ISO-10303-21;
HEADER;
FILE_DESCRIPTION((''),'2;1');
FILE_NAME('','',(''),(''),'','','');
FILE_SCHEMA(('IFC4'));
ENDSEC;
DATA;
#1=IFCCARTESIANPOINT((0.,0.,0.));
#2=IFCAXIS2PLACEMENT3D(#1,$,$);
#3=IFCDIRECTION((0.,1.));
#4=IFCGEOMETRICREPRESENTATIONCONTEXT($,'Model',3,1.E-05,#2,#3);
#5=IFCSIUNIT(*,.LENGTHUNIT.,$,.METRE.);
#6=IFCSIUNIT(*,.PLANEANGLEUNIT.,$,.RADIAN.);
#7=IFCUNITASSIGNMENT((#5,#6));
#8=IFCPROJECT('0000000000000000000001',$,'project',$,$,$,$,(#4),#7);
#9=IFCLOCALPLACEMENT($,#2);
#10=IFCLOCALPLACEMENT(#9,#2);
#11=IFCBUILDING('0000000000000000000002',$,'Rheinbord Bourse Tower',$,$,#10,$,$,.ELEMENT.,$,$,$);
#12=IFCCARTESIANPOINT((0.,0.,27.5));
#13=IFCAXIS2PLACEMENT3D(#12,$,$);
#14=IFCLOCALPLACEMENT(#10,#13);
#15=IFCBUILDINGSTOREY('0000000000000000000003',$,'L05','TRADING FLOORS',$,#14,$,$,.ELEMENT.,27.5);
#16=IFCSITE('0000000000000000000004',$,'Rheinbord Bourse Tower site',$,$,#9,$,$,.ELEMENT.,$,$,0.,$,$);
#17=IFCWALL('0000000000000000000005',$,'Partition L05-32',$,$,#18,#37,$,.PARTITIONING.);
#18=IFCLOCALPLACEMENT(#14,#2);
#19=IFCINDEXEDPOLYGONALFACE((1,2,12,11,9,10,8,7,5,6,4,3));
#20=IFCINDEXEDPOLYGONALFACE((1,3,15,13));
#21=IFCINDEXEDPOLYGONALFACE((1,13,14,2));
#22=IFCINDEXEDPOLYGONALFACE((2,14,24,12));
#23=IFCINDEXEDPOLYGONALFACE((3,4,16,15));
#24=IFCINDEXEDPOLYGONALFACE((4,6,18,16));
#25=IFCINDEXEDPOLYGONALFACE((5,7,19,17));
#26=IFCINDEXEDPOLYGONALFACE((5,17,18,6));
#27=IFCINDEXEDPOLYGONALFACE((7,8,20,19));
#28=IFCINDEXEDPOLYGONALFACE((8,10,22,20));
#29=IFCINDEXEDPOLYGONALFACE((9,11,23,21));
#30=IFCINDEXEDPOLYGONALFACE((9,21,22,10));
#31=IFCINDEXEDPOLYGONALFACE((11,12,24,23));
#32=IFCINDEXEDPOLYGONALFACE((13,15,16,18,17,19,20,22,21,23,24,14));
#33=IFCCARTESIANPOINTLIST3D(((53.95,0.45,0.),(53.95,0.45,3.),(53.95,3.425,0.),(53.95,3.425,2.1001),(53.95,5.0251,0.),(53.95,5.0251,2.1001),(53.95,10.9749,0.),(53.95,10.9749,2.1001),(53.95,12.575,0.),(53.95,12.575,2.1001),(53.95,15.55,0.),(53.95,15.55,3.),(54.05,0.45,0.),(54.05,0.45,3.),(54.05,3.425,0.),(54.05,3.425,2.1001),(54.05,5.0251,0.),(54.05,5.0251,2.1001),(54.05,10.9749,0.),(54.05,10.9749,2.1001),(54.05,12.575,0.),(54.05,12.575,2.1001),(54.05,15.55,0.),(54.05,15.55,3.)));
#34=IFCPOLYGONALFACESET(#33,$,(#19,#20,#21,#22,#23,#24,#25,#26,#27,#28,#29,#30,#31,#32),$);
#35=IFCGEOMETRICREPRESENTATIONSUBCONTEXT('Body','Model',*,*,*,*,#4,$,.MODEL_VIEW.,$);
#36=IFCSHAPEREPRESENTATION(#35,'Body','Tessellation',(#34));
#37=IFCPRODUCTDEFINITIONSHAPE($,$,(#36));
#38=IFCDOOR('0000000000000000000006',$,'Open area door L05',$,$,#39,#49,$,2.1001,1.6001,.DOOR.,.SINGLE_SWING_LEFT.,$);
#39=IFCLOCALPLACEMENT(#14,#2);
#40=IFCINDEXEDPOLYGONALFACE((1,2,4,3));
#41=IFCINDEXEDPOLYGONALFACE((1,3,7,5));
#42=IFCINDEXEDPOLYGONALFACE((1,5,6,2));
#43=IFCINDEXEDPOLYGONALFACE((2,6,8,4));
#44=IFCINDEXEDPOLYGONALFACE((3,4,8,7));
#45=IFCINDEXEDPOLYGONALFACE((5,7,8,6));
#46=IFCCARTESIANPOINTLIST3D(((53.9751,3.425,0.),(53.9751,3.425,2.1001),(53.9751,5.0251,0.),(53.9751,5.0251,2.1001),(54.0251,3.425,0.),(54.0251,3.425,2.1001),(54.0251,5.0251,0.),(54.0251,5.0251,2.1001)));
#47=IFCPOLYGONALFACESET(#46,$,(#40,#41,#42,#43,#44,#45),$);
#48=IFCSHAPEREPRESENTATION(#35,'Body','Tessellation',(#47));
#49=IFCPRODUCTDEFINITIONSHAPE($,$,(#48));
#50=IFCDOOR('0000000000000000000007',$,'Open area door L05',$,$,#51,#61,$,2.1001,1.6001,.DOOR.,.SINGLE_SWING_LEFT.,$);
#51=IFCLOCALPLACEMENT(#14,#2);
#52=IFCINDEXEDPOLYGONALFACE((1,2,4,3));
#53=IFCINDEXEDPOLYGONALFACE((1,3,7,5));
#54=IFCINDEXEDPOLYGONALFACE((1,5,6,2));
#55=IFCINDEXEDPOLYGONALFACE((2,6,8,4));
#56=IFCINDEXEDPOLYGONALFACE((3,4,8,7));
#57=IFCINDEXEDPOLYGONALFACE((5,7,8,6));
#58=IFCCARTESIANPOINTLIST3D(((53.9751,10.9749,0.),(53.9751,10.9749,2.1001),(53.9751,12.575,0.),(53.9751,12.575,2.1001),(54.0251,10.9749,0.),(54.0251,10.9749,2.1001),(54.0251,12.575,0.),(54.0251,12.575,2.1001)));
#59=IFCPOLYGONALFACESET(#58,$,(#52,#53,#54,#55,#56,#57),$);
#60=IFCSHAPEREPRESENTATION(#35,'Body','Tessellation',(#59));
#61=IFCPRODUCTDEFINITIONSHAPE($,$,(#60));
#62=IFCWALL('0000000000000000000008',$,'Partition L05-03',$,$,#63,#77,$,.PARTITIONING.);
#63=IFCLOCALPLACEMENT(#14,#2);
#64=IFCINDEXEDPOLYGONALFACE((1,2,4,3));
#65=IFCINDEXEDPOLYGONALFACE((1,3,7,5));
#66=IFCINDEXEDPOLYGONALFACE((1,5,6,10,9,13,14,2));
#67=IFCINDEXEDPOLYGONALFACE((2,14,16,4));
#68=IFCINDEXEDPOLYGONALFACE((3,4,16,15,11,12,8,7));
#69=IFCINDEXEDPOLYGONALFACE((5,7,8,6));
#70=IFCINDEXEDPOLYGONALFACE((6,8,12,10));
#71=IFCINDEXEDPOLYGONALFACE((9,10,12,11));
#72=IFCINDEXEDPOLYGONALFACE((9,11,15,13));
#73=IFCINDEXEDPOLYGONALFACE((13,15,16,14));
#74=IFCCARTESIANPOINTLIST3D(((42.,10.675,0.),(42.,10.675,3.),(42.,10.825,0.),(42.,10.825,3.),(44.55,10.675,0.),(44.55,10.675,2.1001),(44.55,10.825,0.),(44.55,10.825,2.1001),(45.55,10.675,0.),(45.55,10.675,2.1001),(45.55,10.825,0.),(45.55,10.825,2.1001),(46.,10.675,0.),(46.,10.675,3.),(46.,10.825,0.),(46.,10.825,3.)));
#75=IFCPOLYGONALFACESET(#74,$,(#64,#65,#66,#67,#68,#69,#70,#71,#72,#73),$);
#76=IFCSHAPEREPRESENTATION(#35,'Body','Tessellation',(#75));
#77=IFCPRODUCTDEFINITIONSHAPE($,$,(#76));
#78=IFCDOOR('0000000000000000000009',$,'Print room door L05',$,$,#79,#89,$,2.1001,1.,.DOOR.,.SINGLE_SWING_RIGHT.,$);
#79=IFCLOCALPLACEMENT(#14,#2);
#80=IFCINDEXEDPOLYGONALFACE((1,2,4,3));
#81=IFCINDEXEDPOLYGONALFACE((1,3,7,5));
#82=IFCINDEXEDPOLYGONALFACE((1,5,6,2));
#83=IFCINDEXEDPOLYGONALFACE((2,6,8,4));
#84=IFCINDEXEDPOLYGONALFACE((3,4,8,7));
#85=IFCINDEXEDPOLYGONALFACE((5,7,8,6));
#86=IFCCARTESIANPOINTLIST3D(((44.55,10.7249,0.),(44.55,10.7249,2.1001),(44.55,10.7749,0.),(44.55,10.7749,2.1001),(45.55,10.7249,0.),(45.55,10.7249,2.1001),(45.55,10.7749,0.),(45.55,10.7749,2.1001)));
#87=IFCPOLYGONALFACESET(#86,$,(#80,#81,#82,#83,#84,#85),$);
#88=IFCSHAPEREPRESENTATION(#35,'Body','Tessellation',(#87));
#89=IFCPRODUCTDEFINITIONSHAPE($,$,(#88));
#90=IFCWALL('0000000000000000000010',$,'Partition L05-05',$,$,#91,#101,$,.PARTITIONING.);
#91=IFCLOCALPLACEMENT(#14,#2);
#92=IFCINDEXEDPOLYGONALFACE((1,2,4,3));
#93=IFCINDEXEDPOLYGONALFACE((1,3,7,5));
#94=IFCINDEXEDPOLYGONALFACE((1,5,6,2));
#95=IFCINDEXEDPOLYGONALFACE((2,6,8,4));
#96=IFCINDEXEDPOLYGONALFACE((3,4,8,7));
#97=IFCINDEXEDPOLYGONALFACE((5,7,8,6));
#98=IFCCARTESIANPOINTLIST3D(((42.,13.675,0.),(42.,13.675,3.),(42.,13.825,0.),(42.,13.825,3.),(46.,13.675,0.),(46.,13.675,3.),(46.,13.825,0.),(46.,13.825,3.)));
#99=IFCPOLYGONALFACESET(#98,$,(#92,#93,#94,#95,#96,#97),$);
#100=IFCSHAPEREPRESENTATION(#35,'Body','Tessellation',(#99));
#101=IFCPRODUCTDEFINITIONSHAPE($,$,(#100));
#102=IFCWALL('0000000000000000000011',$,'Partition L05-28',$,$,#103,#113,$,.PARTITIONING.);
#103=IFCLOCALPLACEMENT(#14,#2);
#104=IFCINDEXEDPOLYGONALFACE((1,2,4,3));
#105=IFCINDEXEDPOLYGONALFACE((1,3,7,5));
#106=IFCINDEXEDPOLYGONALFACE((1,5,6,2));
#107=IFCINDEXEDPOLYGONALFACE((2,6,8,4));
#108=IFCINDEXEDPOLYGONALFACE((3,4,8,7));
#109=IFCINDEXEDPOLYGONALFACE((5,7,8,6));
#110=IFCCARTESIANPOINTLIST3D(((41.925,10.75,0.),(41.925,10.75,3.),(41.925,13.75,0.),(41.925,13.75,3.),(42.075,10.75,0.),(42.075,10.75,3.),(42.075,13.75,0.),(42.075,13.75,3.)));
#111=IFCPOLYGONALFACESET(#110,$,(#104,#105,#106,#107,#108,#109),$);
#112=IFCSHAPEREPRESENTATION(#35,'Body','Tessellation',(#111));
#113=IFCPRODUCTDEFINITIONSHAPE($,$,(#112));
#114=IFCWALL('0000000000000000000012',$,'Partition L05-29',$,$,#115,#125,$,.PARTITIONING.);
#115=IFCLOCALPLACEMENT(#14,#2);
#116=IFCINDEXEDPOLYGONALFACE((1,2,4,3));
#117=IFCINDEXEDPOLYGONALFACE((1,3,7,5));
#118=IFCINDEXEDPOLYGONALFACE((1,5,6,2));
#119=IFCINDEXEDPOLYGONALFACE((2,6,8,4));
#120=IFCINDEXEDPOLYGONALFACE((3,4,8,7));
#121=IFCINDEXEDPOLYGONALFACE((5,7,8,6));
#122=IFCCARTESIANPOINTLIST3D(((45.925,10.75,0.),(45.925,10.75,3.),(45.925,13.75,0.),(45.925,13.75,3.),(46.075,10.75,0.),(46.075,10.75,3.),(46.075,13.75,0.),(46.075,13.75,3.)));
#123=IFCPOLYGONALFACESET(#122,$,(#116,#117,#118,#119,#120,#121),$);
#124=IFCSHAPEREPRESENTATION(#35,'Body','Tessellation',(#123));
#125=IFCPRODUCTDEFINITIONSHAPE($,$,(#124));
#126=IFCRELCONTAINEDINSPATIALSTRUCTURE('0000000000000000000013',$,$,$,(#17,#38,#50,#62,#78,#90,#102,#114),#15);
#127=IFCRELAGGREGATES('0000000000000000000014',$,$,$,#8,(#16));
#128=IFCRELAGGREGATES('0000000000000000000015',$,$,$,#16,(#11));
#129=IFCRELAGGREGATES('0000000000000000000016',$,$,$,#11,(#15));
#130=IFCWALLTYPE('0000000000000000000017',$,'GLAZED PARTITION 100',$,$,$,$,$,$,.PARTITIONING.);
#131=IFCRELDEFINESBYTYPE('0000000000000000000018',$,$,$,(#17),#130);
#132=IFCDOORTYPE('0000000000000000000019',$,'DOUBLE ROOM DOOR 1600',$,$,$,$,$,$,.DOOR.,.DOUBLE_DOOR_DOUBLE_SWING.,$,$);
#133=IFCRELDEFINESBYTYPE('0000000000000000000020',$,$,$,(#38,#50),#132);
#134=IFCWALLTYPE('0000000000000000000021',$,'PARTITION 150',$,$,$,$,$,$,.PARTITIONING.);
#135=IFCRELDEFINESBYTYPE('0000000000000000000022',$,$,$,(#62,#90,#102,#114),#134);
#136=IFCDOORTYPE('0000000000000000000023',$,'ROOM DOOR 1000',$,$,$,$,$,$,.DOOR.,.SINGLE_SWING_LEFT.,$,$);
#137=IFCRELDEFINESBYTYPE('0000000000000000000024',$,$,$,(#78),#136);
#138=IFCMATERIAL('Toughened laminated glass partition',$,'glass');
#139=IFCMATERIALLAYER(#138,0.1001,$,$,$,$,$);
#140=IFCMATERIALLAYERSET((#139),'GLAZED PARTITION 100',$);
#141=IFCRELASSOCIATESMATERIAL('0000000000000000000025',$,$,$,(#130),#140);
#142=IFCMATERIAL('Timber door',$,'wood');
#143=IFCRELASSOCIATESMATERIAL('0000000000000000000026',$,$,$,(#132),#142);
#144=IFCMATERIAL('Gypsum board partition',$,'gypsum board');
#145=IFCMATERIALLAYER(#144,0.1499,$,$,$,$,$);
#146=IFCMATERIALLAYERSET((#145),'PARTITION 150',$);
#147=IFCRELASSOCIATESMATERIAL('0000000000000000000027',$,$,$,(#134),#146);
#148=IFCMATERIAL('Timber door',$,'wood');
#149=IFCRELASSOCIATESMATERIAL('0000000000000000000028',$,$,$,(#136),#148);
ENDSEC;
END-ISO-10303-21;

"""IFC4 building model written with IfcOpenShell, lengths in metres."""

from ifc_helpers import new_model, si_unit, direction, frame, frame_2d, origin, place, context, subcontext, project, spatial, rectangle, extrude, material, layer, layer_set, type_object, element, fill, save


model = new_model("IFC4")

# Units and contexts
model_context = context("Model", 3, precision=1e-05, world=origin(), true_north=direction((0.0, 1.0)))
body_context = subcontext(model_context, "Body", "Model", "MODEL_VIEW")
ifc_project = project(units=[si_unit("LENGTHUNIT", "METRE"), si_unit("PLANEANGLEUNIT", "RADIAN")], contexts=[model_context])

# Site, building, storey
site_placement = place(None, origin())
site = spatial("IfcSite", under=ifc_project, at=site_placement, Name="Rheinbord Bourse Tower site", CompositionType="ELEMENT", RefElevation=0.0)
building_placement = place(site_placement, origin())
building = spatial("IfcBuilding", under=site, at=building_placement, Name="Rheinbord Bourse Tower", CompositionType="ELEMENT")
storey_placement = place(building_placement, frame((0.0, 0.0, 27.5)))
storey = spatial("IfcBuildingStorey", under=building, at=storey_placement, Name="L05", Description="TRADING FLOORS", CompositionType="ELEMENT", Elevation=27.5)

# Wall, openings, doors
ifc_material_1 = material(Name="Toughened laminated glass partition", Category="glass")
ifc_layer_1 = layer(ifc_material_1, 0.1001)
ifc_layer_set_1 = layer_set([ifc_layer_1], Name="GLAZED PARTITION 100")
wall_type_1 = type_object("IfcWallType", Name="GLAZED PARTITION 100", PredefinedType="PARTITIONING", material=ifc_layer_set_1)
wall_1_placement = place(storey_placement, frame((54.0, 0.45, 0.0), z_axis=(0.0, 0.0, 1.0), x_axis=(0.0, 1.0, 0.0)))
wall_1 = element("IfcWall", 1, at=wall_1_placement, inside=storey, type_object=wall_type_1, Name="Partition L05-32", PredefinedType="PARTITIONING", context=body_context, shape_type="SweptSolid", body=[
    extrude(rectangle(XDim=15.1001, YDim=0.1001, at=frame_2d((7.55, 0.0))), origin(), (0.0, 0.0, 1.0), 3.0),
])
opening_1_placement = place(wall_1_placement, frame((2.9751, 0.0, 0.0)))
opening_1 = element("IfcOpeningElement", 2, at=opening_1_placement, cuts=wall_1, PredefinedType="OPENING", context=body_context, shape_type="SweptSolid", body=[
    extrude(rectangle(XDim=1.6001, YDim=2.1001, at=frame_2d((0.8, 1.05))), frame((0.0, 0.0601, 0.0), z_axis=(0.0, -1.0, 0.0), x_axis=(1.0, 0.0, 0.0)), (0.0, 0.0, 1.0), 0.1201),
])
opening_2_placement = place(wall_1_placement, frame((10.5249, 0.0, 0.0)))
opening_2 = element("IfcOpeningElement", 3, at=opening_2_placement, cuts=wall_1, PredefinedType="OPENING", context=body_context, shape_type="SweptSolid", body=[
    extrude(rectangle(XDim=1.6001, YDim=2.1001, at=frame_2d((0.8, 1.05))), frame((0.0, 0.0601, 0.0), z_axis=(0.0, -1.0, 0.0), x_axis=(1.0, 0.0, 0.0)), (0.0, 0.0, 1.0), 0.1201),
])
ifc_material_2 = material(Name="Timber door", Category="wood")
door_type_1 = type_object("IfcDoorType", Name="DOUBLE ROOM DOOR 1600", OperationType="DOUBLE_DOOR_DOUBLE_SWING", PredefinedType="DOOR", material=ifc_material_2)
door_1_placement = place(opening_1_placement, origin())
door_1 = element("IfcDoor", 4, at=door_1_placement, inside=storey, type_object=door_type_1, Name="Open area door L05", OperationType="SINGLE_SWING_LEFT", OverallHeight=2.1001, OverallWidth=1.6001, PredefinedType="DOOR", context=body_context, shape_type="SweptSolid", body=[
    extrude(rectangle(XDim=1.6001, YDim=2.1001, at=frame_2d((0.8, 1.05))), frame((0.0, 0.0249, 0.0), z_axis=(0.0, -1.0, 0.0), x_axis=(1.0, 0.0, 0.0)), (0.0, 0.0, 1.0), 0.05),
])
fill(opening_1, door_1)
door_2_placement = place(opening_2_placement, origin())
door_2 = element("IfcDoor", 5, at=door_2_placement, inside=storey, type_object=door_type_1, Name="Open area door L05", OperationType="SINGLE_SWING_LEFT", OverallHeight=2.1001, OverallWidth=1.6001, PredefinedType="DOOR", context=body_context, shape_type="SweptSolid", body=[
    extrude(rectangle(XDim=1.6001, YDim=2.1001, at=frame_2d((0.8, 1.05))), frame((0.0, 0.0249, 0.0), z_axis=(0.0, -1.0, 0.0), x_axis=(1.0, 0.0, 0.0)), (0.0, 0.0, 1.0), 0.05),
])
fill(opening_2, door_2)

# Wall, opening, door
ifc_material_3 = material(Name="Gypsum board partition", Category="gypsum board")
ifc_layer_2 = layer(ifc_material_3, 0.1499)
ifc_layer_set_2 = layer_set([ifc_layer_2], Name="PARTITION 150")
wall_type_2 = type_object("IfcWallType", Name="PARTITION 150", PredefinedType="PARTITIONING", material=ifc_layer_set_2)
wall_2_placement = place(storey_placement, frame((42.0, 10.75, 0.0), z_axis=(0.0, 0.0, 1.0), x_axis=(1.0, 0.0, 0.0)))
wall_2 = element("IfcWall", 6, at=wall_2_placement, inside=storey, type_object=wall_type_2, Name="Partition L05-03", PredefinedType="PARTITIONING", context=body_context, shape_type="SweptSolid", body=[
    extrude(rectangle(XDim=4.0, YDim=0.1499, at=frame_2d((2.0, 0.0))), origin(), (0.0, 0.0, 1.0), 3.0),
])
opening_3_placement = place(wall_2_placement, frame((2.55, 0.0, 0.0)))
opening_3 = element("IfcOpeningElement", 7, at=opening_3_placement, cuts=wall_2, PredefinedType="OPENING", context=body_context, shape_type="SweptSolid", body=[
    extrude(rectangle(XDim=1.0, YDim=2.1001, at=frame_2d((0.5, 1.05))), frame((0.0, 0.085, 0.0), z_axis=(0.0, -1.0, 0.0), x_axis=(1.0, 0.0, 0.0)), (0.0, 0.0, 1.0), 0.1699),
])
ifc_material_4 = material(Name="Timber door", Category="wood")
door_type_2 = type_object("IfcDoorType", Name="ROOM DOOR 1000", OperationType="SINGLE_SWING_LEFT", PredefinedType="DOOR", material=ifc_material_4)
door_3_placement = place(opening_3_placement, origin())
door_3 = element("IfcDoor", 8, at=door_3_placement, inside=storey, type_object=door_type_2, Name="Print room door L05", OperationType="SINGLE_SWING_RIGHT", OverallHeight=2.1001, OverallWidth=1.0, PredefinedType="DOOR", context=body_context, shape_type="SweptSolid", body=[
    extrude(rectangle(XDim=1.0, YDim=2.1001, at=frame_2d((0.5, 1.05))), frame((0.0, 0.0249, 0.0), z_axis=(0.0, -1.0, 0.0), x_axis=(1.0, 0.0, 0.0)), (0.0, 0.0, 1.0), 0.05),
])
fill(opening_3, door_3)

# Walls
wall_3_placement = place(storey_placement, frame((42.0, 13.75, 0.0), z_axis=(0.0, 0.0, 1.0), x_axis=(1.0, 0.0, 0.0)))
element("IfcWall", 9, at=wall_3_placement, inside=storey, type_object=wall_type_2, Name="Partition L05-05", PredefinedType="PARTITIONING", context=body_context, shape_type="SweptSolid", body=[
    extrude(rectangle(XDim=4.0, YDim=0.1499, at=frame_2d((2.0, 0.0))), origin(), (0.0, 0.0, 1.0), 3.0),
])
for number, where, z_axis, x_axis, name in (
    (10, (42.0, 10.75, 0.0), (0.0, 0.0, 1.0), (0.0, 1.0, 0.0), "Partition L05-28"),
    (11, (46.0, 10.75, 0.0), (0.0, 0.0, 1.0), (0.0, 1.0, 0.0), "Partition L05-29"),
):
    element("IfcWall", number, at=place(storey_placement, frame(where, z_axis=z_axis, x_axis=x_axis)), inside=storey, type_object=wall_type_2, Name=name, PredefinedType="PARTITIONING", context=body_context, shape_type="SweptSolid", body=[
        extrude(rectangle(XDim=3.0, YDim=0.1499, at=frame_2d((1.5, 0.0))), origin(), (0.0, 0.0, 1.0), 3.0),
    ])

save(model, "model.ifc")
